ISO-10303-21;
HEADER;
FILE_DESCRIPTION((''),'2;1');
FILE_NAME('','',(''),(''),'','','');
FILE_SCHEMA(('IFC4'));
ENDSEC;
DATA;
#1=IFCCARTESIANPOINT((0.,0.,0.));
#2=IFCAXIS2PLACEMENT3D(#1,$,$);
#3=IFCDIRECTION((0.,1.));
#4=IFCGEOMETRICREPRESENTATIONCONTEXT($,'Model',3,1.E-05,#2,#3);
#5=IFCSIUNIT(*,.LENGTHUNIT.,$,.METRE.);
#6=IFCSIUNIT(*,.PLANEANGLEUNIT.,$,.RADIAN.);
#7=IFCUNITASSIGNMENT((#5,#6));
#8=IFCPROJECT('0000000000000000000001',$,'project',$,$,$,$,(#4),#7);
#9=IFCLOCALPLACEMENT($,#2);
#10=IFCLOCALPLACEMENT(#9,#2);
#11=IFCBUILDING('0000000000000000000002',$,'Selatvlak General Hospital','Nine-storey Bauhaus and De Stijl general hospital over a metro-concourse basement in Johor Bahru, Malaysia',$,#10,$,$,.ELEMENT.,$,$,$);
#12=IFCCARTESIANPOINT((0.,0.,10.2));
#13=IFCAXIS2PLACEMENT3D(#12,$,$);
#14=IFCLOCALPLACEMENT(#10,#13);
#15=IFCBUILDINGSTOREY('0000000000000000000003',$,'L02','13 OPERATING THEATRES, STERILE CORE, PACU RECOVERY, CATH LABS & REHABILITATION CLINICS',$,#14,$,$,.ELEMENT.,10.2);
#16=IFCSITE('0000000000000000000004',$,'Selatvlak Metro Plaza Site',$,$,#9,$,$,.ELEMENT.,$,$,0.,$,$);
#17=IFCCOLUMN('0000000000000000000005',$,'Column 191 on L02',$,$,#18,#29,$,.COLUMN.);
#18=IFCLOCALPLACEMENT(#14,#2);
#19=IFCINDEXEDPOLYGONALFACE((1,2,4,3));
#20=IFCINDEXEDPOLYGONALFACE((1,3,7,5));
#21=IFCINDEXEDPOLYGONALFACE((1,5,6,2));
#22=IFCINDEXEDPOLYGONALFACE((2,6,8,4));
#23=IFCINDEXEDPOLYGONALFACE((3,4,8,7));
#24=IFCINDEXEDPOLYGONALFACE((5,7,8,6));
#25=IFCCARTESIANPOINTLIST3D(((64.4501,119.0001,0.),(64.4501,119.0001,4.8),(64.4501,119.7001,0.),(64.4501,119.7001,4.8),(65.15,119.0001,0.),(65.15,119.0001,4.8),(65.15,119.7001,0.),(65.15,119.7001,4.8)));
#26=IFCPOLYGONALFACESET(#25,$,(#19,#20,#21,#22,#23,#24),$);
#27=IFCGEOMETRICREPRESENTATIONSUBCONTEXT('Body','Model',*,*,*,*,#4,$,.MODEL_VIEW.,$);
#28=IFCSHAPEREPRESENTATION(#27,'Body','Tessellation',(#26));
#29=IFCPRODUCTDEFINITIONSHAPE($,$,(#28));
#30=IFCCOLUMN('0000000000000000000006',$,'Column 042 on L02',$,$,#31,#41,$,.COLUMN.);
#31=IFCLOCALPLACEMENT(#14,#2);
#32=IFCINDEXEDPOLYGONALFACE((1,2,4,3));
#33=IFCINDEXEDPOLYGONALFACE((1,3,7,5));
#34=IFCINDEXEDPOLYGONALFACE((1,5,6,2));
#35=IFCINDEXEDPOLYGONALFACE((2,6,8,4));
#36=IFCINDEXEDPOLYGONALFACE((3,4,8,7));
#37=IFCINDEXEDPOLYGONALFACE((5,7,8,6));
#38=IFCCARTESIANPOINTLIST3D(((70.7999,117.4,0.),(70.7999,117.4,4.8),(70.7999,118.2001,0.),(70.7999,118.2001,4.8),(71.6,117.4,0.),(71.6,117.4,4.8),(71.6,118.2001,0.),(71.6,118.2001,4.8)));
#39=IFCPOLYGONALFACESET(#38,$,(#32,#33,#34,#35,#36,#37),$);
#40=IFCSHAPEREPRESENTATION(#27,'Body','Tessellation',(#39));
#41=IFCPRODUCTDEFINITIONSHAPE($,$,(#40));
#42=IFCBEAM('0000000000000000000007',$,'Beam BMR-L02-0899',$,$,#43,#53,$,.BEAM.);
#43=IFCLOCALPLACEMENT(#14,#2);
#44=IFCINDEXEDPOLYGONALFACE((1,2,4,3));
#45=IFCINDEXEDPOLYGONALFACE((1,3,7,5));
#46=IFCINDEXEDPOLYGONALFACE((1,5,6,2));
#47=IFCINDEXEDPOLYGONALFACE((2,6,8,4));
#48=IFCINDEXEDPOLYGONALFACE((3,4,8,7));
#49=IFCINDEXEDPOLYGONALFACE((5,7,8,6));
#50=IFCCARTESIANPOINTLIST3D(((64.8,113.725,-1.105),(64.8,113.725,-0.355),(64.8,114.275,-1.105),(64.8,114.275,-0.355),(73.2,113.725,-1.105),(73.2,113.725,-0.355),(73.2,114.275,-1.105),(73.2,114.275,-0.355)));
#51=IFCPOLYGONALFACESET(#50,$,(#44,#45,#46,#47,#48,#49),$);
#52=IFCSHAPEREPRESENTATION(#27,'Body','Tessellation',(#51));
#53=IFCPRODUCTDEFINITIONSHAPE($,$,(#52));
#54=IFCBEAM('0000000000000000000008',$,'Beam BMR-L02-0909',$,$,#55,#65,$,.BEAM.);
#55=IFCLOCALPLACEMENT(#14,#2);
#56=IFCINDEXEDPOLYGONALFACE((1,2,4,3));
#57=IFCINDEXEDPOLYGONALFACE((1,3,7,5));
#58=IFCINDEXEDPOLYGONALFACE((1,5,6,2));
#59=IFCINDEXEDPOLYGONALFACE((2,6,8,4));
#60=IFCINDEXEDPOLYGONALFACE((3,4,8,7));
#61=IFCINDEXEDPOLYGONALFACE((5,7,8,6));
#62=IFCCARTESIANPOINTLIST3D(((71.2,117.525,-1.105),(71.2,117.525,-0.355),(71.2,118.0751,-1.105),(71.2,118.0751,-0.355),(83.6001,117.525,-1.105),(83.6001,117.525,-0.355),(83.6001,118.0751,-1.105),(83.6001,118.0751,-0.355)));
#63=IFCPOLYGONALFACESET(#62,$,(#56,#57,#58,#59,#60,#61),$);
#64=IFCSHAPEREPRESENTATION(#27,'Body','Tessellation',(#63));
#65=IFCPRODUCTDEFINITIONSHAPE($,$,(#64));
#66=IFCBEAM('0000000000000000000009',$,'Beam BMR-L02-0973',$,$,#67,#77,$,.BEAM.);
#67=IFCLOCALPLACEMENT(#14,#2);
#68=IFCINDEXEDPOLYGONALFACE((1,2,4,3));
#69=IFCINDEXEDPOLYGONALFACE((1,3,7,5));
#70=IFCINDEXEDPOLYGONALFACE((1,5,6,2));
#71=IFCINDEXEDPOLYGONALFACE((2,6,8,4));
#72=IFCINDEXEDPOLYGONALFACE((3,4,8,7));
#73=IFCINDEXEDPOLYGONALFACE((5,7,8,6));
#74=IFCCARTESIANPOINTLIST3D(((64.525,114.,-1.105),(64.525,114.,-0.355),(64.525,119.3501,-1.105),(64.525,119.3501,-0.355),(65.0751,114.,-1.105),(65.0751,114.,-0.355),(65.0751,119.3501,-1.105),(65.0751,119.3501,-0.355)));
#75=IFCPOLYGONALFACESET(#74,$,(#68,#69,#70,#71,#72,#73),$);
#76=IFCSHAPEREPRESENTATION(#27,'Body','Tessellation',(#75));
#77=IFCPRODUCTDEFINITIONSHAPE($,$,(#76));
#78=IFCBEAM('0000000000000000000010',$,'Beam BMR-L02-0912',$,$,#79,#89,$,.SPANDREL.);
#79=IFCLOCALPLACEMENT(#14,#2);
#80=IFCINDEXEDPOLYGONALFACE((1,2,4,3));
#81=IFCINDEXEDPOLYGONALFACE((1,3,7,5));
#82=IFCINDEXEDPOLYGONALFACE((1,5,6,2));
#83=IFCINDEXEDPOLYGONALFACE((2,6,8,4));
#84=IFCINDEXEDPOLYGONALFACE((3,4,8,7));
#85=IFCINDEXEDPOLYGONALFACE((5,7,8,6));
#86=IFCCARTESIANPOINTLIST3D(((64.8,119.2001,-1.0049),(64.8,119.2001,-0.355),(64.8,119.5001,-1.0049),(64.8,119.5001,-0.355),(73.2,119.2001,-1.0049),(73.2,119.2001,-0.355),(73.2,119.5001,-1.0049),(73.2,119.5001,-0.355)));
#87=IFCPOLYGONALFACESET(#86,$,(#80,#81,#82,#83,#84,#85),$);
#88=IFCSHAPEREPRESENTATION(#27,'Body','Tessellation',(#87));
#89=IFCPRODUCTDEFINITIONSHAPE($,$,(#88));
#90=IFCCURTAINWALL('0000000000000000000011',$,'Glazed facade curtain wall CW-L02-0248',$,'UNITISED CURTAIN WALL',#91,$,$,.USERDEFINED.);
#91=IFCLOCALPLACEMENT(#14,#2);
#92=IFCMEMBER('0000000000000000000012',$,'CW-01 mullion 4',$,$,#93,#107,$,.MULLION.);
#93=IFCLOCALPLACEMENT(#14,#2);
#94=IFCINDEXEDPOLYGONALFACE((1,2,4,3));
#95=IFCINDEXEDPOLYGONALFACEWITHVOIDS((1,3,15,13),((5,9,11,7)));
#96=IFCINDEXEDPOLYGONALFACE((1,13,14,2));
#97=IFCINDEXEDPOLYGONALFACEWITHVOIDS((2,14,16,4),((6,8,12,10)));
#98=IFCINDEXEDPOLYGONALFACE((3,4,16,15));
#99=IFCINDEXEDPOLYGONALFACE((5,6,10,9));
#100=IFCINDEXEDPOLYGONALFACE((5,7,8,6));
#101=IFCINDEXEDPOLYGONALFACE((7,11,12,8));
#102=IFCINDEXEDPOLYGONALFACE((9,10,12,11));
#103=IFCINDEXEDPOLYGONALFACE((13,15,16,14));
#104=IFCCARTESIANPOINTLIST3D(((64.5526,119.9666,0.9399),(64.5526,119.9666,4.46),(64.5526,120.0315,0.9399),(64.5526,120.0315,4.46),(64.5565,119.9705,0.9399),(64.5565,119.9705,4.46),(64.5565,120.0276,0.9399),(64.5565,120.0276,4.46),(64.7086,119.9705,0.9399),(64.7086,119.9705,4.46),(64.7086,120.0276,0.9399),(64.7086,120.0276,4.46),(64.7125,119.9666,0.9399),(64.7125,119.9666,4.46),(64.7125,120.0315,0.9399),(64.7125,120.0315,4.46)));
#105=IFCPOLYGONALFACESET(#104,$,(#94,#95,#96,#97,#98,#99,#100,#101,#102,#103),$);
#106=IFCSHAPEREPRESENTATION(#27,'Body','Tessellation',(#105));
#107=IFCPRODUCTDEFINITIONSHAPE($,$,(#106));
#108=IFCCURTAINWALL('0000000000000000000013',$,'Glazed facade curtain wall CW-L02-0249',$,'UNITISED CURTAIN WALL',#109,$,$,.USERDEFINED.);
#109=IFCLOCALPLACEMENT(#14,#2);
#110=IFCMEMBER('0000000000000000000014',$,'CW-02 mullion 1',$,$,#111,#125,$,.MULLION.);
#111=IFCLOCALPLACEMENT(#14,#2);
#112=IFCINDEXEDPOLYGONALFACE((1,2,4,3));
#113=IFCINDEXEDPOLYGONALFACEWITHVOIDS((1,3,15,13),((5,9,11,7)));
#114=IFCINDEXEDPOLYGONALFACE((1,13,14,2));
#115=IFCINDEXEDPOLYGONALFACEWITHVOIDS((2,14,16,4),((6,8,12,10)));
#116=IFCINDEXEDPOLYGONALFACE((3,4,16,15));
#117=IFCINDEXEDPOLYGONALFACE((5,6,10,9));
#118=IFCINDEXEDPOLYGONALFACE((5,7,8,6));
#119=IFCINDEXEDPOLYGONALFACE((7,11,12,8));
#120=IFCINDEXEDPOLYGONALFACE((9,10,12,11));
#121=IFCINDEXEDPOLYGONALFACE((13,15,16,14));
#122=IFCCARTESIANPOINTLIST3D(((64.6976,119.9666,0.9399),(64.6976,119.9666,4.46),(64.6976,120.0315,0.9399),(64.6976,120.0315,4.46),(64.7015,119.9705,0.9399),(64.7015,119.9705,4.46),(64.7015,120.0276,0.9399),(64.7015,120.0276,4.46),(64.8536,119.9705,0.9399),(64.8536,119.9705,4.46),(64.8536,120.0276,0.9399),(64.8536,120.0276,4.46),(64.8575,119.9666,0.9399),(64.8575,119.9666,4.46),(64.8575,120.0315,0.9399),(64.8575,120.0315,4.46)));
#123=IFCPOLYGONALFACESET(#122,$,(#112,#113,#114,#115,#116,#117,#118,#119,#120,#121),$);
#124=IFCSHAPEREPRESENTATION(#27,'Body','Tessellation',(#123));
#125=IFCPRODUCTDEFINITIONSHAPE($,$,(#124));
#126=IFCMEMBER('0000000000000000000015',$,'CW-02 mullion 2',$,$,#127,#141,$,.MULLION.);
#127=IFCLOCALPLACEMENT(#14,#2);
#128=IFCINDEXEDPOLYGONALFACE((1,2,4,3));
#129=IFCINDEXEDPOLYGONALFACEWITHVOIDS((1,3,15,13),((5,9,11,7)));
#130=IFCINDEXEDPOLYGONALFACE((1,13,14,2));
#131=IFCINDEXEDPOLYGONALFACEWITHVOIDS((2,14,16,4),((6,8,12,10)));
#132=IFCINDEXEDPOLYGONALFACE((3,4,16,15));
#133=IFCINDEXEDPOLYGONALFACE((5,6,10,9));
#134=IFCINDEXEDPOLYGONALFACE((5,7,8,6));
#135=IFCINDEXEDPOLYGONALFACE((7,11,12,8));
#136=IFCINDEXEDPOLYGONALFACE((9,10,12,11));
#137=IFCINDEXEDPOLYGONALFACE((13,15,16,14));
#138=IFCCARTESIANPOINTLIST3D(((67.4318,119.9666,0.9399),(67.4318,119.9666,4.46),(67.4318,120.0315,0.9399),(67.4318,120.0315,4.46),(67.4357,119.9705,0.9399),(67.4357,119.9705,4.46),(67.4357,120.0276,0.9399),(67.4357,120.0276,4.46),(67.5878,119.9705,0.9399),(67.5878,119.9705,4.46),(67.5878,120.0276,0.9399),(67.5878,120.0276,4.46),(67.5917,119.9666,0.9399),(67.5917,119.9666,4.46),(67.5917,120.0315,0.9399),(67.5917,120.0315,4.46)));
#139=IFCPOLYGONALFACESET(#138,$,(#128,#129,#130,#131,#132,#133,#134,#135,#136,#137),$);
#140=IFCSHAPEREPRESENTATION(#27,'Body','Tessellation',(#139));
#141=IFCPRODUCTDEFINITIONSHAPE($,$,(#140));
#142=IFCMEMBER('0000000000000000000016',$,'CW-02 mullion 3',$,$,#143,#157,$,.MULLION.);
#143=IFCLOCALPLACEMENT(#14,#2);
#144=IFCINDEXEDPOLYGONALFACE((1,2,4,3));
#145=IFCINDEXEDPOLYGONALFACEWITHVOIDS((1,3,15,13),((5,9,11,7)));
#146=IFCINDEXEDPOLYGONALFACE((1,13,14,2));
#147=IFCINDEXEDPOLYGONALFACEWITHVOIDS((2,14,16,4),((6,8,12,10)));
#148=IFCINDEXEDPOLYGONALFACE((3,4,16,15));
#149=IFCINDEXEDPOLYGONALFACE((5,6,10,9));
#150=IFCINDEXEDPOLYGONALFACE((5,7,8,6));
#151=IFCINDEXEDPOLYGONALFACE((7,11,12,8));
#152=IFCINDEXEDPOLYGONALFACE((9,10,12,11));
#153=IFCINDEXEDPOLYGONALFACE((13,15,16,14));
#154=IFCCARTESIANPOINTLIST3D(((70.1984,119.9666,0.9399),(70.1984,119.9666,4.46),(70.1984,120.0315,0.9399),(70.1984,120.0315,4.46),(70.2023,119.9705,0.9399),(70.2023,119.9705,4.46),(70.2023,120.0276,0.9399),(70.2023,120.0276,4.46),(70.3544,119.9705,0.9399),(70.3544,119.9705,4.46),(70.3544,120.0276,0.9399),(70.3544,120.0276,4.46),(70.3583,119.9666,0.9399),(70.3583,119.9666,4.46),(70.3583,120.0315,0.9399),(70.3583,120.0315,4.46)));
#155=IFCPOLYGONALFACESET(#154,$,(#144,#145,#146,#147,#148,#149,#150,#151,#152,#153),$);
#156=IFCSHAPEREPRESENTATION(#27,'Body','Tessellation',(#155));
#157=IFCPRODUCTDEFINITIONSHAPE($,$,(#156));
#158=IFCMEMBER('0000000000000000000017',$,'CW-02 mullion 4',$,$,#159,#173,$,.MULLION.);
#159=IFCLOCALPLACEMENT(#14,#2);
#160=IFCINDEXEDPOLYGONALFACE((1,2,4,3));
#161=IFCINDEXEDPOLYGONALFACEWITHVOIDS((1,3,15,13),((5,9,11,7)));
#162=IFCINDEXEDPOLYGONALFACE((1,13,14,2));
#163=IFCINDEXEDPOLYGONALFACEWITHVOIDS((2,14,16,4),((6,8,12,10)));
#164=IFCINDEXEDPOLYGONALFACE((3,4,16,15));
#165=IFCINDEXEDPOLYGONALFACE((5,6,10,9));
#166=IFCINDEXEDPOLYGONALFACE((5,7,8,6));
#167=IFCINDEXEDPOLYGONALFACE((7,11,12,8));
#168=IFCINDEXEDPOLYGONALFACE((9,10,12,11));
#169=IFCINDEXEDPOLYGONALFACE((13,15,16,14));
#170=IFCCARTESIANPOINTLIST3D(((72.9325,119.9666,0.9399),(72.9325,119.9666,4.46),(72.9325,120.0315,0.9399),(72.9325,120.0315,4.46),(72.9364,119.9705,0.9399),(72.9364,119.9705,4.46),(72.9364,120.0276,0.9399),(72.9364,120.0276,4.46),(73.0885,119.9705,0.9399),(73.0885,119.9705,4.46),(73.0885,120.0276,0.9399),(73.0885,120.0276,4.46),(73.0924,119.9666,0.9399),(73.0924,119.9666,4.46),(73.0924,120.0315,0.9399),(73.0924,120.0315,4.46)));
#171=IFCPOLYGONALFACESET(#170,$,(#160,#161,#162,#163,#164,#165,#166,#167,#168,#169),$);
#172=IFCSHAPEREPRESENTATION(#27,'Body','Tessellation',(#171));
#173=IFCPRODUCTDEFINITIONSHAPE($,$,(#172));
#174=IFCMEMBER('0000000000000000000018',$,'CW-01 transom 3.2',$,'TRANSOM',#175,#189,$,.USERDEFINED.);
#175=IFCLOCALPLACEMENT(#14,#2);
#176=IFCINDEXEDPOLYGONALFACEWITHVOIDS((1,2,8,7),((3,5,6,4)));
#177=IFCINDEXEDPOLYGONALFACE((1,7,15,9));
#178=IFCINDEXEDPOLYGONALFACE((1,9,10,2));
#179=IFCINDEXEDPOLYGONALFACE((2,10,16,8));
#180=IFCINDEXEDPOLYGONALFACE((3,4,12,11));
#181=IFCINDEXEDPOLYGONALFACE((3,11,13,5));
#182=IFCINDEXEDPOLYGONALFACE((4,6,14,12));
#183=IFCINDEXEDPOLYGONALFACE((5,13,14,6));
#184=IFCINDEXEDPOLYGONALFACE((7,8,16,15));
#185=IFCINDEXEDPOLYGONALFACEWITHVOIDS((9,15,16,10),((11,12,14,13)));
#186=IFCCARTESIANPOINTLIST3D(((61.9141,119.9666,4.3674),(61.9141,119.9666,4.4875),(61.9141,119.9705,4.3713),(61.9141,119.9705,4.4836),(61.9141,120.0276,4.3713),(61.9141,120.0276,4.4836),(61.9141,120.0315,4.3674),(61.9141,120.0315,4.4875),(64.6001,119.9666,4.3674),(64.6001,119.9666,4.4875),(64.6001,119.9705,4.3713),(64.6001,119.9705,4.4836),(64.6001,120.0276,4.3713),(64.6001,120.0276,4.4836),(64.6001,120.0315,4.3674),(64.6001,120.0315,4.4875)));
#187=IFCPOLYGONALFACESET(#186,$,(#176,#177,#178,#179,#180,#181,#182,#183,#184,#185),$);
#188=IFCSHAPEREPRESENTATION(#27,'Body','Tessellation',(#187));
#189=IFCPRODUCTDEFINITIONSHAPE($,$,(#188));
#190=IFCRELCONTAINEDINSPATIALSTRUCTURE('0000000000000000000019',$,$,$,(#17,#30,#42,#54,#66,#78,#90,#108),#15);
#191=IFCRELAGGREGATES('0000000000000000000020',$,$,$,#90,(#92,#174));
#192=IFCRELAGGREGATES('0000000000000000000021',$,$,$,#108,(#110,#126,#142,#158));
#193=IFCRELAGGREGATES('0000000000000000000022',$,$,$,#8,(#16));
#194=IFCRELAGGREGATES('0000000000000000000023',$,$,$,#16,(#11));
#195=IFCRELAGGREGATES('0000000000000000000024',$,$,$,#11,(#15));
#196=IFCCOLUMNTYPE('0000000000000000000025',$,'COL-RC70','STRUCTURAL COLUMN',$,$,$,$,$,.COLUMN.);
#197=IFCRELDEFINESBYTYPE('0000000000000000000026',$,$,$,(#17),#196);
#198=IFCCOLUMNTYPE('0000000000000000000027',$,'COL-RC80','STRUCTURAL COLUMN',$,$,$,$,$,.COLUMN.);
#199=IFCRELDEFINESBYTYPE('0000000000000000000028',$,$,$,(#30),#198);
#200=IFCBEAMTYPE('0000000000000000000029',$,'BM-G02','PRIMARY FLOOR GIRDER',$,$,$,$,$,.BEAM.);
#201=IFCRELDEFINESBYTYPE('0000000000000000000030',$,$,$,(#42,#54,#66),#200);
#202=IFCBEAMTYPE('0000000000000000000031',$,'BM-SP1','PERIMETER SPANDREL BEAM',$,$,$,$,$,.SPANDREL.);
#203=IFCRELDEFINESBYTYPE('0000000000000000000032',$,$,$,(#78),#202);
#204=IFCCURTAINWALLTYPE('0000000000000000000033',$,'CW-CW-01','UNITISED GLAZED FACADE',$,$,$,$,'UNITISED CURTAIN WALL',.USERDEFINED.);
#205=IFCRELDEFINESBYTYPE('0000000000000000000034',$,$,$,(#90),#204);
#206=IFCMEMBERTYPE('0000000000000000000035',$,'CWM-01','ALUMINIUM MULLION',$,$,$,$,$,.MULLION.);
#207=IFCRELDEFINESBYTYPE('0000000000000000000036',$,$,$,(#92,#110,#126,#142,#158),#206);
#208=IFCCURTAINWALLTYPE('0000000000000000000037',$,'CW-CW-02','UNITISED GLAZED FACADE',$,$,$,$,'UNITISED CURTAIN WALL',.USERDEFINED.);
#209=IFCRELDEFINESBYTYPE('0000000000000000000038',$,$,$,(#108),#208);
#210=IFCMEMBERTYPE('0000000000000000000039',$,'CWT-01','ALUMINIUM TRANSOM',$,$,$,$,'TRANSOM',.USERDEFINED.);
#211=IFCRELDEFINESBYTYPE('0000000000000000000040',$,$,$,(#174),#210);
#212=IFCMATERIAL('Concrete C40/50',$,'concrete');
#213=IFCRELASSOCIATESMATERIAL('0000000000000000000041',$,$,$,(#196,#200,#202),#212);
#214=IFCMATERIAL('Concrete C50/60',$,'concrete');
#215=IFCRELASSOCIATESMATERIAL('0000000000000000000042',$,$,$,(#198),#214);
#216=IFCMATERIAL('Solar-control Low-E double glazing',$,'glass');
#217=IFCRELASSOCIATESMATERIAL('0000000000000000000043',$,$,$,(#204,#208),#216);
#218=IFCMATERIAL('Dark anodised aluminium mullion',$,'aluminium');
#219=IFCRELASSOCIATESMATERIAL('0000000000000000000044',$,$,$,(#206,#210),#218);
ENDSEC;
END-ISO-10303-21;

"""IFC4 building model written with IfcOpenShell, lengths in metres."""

from ifc_helpers import new_model, si_unit, direction, frame, origin, origin_2d, place, context, subcontext, project, spatial, rectangle, hollow_rectangle, extrude, material, material_profile, profile_set, type_object, element, aggregate, save


model = new_model("IFC4")

# Units and contexts
model_context = context("Model", 3, precision=1e-05, world=origin(), true_north=direction((0.0, 1.0)))
body_context = subcontext(model_context, "Body", "Model", "MODEL_VIEW")
ifc_project = project(units=[si_unit("LENGTHUNIT", "METRE"), si_unit("PLANEANGLEUNIT", "RADIAN")], contexts=[model_context])

# Site, building, storey
site_placement = place(None, origin())
site = spatial("IfcSite", under=ifc_project, at=site_placement, Name="Selatvlak Metro Plaza Site", CompositionType="ELEMENT", RefElevation=0.0)
building_placement = place(site_placement, origin())
building = spatial("IfcBuilding", under=site, at=building_placement, Name="Selatvlak General Hospital", Description="Nine-storey Bauhaus and De Stijl general hospital over a metro-concourse basement in Johor Bahru, Malaysia", CompositionType="ELEMENT")
storey_placement = place(building_placement, frame((0.0, 0.0, 10.2)))
storey = spatial("IfcBuildingStorey", under=building, at=storey_placement, Name="L02", Description="13 OPERATING THEATRES, STERILE CORE, PACU RECOVERY, CATH LABS & REHABILITATION CLINICS", CompositionType="ELEMENT", Elevation=10.2)

# Columns
ifc_material_1 = material(Name="Concrete C40/50", Category="concrete")
ifc_material_profile_1 = material_profile(ifc_material_1, rectangle(XDim=0.7, YDim=0.7, at=origin_2d()), Name="RC-COL 700x700")
ifc_profile_set_1 = profile_set([ifc_material_profile_1], Name="Concrete C40/50")
column_type_1 = type_object("IfcColumnType", Name="COL-RC70", Description="STRUCTURAL COLUMN", PredefinedType="COLUMN", material=ifc_profile_set_1)
column_1_placement = place(storey_placement, frame((64.8, 119.3501, 0.0), z_axis=(0.0, 0.0, 1.0), x_axis=(1.0, 0.0, 0.0)))
element("IfcColumn", 1, at=column_1_placement, inside=storey, type_object=column_type_1, Name="Column 191 on L02", PredefinedType="COLUMN", context=body_context, shape_type="SweptSolid", body=[
    extrude(rectangle(XDim=0.7, YDim=0.7, at=origin_2d()), origin(), (0.0, 0.0, 1.0), 4.8),
])
ifc_material_2 = material(Name="Concrete C50/60", Category="concrete")
ifc_material_profile_2 = material_profile(ifc_material_2, rectangle(XDim=0.8, YDim=0.8, at=origin_2d()), Name="RC-COL 800x800")
ifc_profile_set_2 = profile_set([ifc_material_profile_2], Name="Concrete C50/60")
column_type_2 = type_object("IfcColumnType", Name="COL-RC80", Description="STRUCTURAL COLUMN", PredefinedType="COLUMN", material=ifc_profile_set_2)
column_2_placement = place(storey_placement, frame((71.2, 117.8, 0.0), z_axis=(0.0, 0.0, 1.0), x_axis=(1.0, 0.0, 0.0)))
element("IfcColumn", 2, at=column_2_placement, inside=storey, type_object=column_type_2, Name="Column 042 on L02", PredefinedType="COLUMN", context=body_context, shape_type="SweptSolid", body=[
    extrude(rectangle(XDim=0.8, YDim=0.8, at=origin_2d()), origin(), (0.0, 0.0, 1.0), 4.8),
])

# Beams
ifc_material_profile_3 = material_profile(ifc_material_1, rectangle(XDim=0.55, YDim=0.75, at=origin_2d()), Name="RC-BM 550x750")
ifc_profile_set_3 = profile_set([ifc_material_profile_3], Name="Concrete C40/50")
beam_type_1 = type_object("IfcBeamType", Name="BM-G02", Description="PRIMARY FLOOR GIRDER", PredefinedType="BEAM", material=ifc_profile_set_3)
beam_1_placement = place(storey_placement, frame((64.8, 114.0, -0.73), z_axis=(1.0, 0.0, 0.0), x_axis=(0.0, 1.0, 0.0)))
element("IfcBeam", 3, at=beam_1_placement, inside=storey, type_object=beam_type_1, Name="Beam BMR-L02-0899", PredefinedType="BEAM", context=body_context, shape_type="SweptSolid", body=[
    extrude(rectangle(XDim=0.55, YDim=0.75, at=origin_2d()), origin(), (0.0, 0.0, 1.0), 8.3999),
])
beam_2_placement = place(storey_placement, frame((71.2, 117.8, -0.73), z_axis=(1.0, 0.0, 0.0), x_axis=(0.0, 1.0, 0.0)))
element("IfcBeam", 4, at=beam_2_placement, inside=storey, type_object=beam_type_1, Name="Beam BMR-L02-0909", PredefinedType="BEAM", context=body_context, shape_type="SweptSolid", body=[
    extrude(rectangle(XDim=0.55, YDim=0.75, at=origin_2d()), origin(), (0.0, 0.0, 1.0), 12.4001),
])
beam_3_placement = place(storey_placement, frame((64.8, 114.0, -0.73), z_axis=(0.0, 1.0, 0.0), x_axis=(-1.0, 0.0, 0.0)))
element("IfcBeam", 5, at=beam_3_placement, inside=storey, type_object=beam_type_1, Name="Beam BMR-L02-0973", PredefinedType="BEAM", context=body_context, shape_type="SweptSolid", body=[
    extrude(rectangle(XDim=0.55, YDim=0.75, at=origin_2d()), origin(), (0.0, 0.0, 1.0), 5.3501),
])
ifc_material_profile_4 = material_profile(ifc_material_1, rectangle(XDim=0.3, YDim=0.6499, at=origin_2d()), Name="RC-SP 300x650")
ifc_profile_set_4 = profile_set([ifc_material_profile_4], Name="Concrete C40/50")
beam_type_2 = type_object("IfcBeamType", Name="BM-SP1", Description="PERIMETER SPANDREL BEAM", PredefinedType="SPANDREL", material=ifc_profile_set_4)
beam_4_placement = place(storey_placement, frame((64.8, 119.3501, -0.6799), z_axis=(1.0, 0.0, 0.0), x_axis=(0.0, 1.0, 0.0)))
element("IfcBeam", 6, at=beam_4_placement, inside=storey, type_object=beam_type_2, Name="Beam BMR-L02-0912", PredefinedType="SPANDREL", context=body_context, shape_type="SweptSolid", body=[
    extrude(rectangle(XDim=0.3, YDim=0.6499, at=origin_2d()), origin(), (0.0, 0.0, 1.0), 8.3999),
])

# Curtain wall, member
ifc_material_3 = material(Name="Solar-control Low-E double glazing", Category="glass")
curtain_wall_type_1 = type_object("IfcCurtainWallType", Name="CW-CW-01", Description="UNITISED GLAZED FACADE", ElementType="UNITISED CURTAIN WALL", PredefinedType="USERDEFINED", material=ifc_material_3)
curtain_wall_1_placement = place(storey_placement, origin())
curtain_wall_1 = element("IfcCurtainWall", 7, at=curtain_wall_1_placement, inside=storey, type_object=curtain_wall_type_1, Name="Glazed facade curtain wall CW-L02-0248", ObjectType="UNITISED CURTAIN WALL", PredefinedType="USERDEFINED")
ifc_material_4 = material(Name="Dark anodised aluminium mullion", Category="aluminium")
ifc_material_profile_5 = material_profile(ifc_material_4, hollow_rectangle(XDim=0.0649, YDim=0.1599, WallThickness=0.0039, at=origin_2d()), Name="AL-MUL 65x160x4")
ifc_profile_set_5 = profile_set([ifc_material_profile_5], Name="Dark anodised aluminium mullion")
member_type_1 = type_object("IfcMemberType", Name="CWM-01", Description="ALUMINIUM MULLION", PredefinedType="MULLION", material=ifc_profile_set_5)
member_1_placement = place(storey_placement, frame((64.6326, 119.999, 0.9399), z_axis=(0.0, 0.0, 1.0), x_axis=(0.0, 1.0, 0.0)))
member_1 = element("IfcMember", 8, at=member_1_placement, type_object=member_type_1, Name="CW-01 mullion 4", PredefinedType="MULLION", context=body_context, shape_type="SweptSolid", body=[
    extrude(hollow_rectangle(XDim=0.0649, YDim=0.1599, WallThickness=0.0039, at=origin_2d()), origin(), (0.0, 0.0, 1.0), 3.52),
])

# Curtain wall, members
curtain_wall_type_2 = type_object("IfcCurtainWallType", Name="CW-CW-02", Description="UNITISED GLAZED FACADE", ElementType="UNITISED CURTAIN WALL", PredefinedType="USERDEFINED", material=ifc_material_3)
curtain_wall_2_placement = place(storey_placement, origin())
curtain_wall_2 = element("IfcCurtainWall", 9, at=curtain_wall_2_placement, inside=storey, type_object=curtain_wall_type_2, Name="Glazed facade curtain wall CW-L02-0249", ObjectType="UNITISED CURTAIN WALL", PredefinedType="USERDEFINED")
member_2_placement = place(storey_placement, frame((64.7776, 119.999, 0.9399), z_axis=(0.0, 0.0, 1.0), x_axis=(0.0, 1.0, 0.0)))
member_2 = element("IfcMember", 10, at=member_2_placement, type_object=member_type_1, Name="CW-02 mullion 1", PredefinedType="MULLION", context=body_context, shape_type="SweptSolid", body=[
    extrude(hollow_rectangle(XDim=0.0649, YDim=0.1599, WallThickness=0.0039, at=origin_2d()), origin(), (0.0, 0.0, 1.0), 3.52),
])
member_3_placement = place(storey_placement, frame((67.5117, 119.999, 0.9399), z_axis=(0.0, 0.0, 1.0), x_axis=(0.0, 1.0, 0.0)))
member_3 = element("IfcMember", 11, at=member_3_placement, type_object=member_type_1, Name="CW-02 mullion 2", PredefinedType="MULLION", context=body_context, shape_type="SweptSolid", body=[
    extrude(hollow_rectangle(XDim=0.0649, YDim=0.1599, WallThickness=0.0039, at=origin_2d()), origin(), (0.0, 0.0, 1.0), 3.52),
])
member_4_placement = place(storey_placement, frame((70.2783, 119.999, 0.9399), z_axis=(0.0, 0.0, 1.0), x_axis=(0.0, 1.0, 0.0)))
member_4 = element("IfcMember", 12, at=member_4_placement, type_object=member_type_1, Name="CW-02 mullion 3", PredefinedType="MULLION", context=body_context, shape_type="SweptSolid", body=[
    extrude(hollow_rectangle(XDim=0.0649, YDim=0.1599, WallThickness=0.0039, at=origin_2d()), origin(), (0.0, 0.0, 1.0), 3.52),
])
member_5_placement = place(storey_placement, frame((73.0125, 119.999, 0.9399), z_axis=(0.0, 0.0, 1.0), x_axis=(0.0, 1.0, 0.0)))
member_5 = element("IfcMember", 13, at=member_5_placement, type_object=member_type_1, Name="CW-02 mullion 4", PredefinedType="MULLION", context=body_context, shape_type="SweptSolid", body=[
    extrude(hollow_rectangle(XDim=0.0649, YDim=0.1599, WallThickness=0.0039, at=origin_2d()), origin(), (0.0, 0.0, 1.0), 3.52),
])

# Member
ifc_material_profile_6 = material_profile(ifc_material_4, hollow_rectangle(XDim=0.0649, YDim=0.1201, WallThickness=0.0039, at=origin_2d()), Name="AL-TRN 65x120x4")
ifc_profile_set_6 = profile_set([ifc_material_profile_6], Name="Dark anodised aluminium mullion")
member_type_2 = type_object("IfcMemberType", Name="CWT-01", Description="ALUMINIUM TRANSOM", ElementType="TRANSOM", PredefinedType="USERDEFINED", material=ifc_profile_set_6)
member_6_placement = place(storey_placement, frame((61.9141, 119.999, 4.4275), z_axis=(1.0, 0.0, 0.0), x_axis=(0.0, 1.0, 0.0)))
member_6 = element("IfcMember", 14, at=member_6_placement, type_object=member_type_2, Name="CW-01 transom 3.2", ObjectType="TRANSOM", PredefinedType="USERDEFINED", context=body_context, shape_type="SweptSolid", body=[
    extrude(hollow_rectangle(XDim=0.0649, YDim=0.1201, WallThickness=0.0039, at=origin_2d()), origin(), (0.0, 0.0, 1.0), 2.686),
])

aggregate(curtain_wall_1, [member_1, member_6])
aggregate(curtain_wall_2, [member_2, member_3, member_4, member_5])

save(model, "model.ifc")
